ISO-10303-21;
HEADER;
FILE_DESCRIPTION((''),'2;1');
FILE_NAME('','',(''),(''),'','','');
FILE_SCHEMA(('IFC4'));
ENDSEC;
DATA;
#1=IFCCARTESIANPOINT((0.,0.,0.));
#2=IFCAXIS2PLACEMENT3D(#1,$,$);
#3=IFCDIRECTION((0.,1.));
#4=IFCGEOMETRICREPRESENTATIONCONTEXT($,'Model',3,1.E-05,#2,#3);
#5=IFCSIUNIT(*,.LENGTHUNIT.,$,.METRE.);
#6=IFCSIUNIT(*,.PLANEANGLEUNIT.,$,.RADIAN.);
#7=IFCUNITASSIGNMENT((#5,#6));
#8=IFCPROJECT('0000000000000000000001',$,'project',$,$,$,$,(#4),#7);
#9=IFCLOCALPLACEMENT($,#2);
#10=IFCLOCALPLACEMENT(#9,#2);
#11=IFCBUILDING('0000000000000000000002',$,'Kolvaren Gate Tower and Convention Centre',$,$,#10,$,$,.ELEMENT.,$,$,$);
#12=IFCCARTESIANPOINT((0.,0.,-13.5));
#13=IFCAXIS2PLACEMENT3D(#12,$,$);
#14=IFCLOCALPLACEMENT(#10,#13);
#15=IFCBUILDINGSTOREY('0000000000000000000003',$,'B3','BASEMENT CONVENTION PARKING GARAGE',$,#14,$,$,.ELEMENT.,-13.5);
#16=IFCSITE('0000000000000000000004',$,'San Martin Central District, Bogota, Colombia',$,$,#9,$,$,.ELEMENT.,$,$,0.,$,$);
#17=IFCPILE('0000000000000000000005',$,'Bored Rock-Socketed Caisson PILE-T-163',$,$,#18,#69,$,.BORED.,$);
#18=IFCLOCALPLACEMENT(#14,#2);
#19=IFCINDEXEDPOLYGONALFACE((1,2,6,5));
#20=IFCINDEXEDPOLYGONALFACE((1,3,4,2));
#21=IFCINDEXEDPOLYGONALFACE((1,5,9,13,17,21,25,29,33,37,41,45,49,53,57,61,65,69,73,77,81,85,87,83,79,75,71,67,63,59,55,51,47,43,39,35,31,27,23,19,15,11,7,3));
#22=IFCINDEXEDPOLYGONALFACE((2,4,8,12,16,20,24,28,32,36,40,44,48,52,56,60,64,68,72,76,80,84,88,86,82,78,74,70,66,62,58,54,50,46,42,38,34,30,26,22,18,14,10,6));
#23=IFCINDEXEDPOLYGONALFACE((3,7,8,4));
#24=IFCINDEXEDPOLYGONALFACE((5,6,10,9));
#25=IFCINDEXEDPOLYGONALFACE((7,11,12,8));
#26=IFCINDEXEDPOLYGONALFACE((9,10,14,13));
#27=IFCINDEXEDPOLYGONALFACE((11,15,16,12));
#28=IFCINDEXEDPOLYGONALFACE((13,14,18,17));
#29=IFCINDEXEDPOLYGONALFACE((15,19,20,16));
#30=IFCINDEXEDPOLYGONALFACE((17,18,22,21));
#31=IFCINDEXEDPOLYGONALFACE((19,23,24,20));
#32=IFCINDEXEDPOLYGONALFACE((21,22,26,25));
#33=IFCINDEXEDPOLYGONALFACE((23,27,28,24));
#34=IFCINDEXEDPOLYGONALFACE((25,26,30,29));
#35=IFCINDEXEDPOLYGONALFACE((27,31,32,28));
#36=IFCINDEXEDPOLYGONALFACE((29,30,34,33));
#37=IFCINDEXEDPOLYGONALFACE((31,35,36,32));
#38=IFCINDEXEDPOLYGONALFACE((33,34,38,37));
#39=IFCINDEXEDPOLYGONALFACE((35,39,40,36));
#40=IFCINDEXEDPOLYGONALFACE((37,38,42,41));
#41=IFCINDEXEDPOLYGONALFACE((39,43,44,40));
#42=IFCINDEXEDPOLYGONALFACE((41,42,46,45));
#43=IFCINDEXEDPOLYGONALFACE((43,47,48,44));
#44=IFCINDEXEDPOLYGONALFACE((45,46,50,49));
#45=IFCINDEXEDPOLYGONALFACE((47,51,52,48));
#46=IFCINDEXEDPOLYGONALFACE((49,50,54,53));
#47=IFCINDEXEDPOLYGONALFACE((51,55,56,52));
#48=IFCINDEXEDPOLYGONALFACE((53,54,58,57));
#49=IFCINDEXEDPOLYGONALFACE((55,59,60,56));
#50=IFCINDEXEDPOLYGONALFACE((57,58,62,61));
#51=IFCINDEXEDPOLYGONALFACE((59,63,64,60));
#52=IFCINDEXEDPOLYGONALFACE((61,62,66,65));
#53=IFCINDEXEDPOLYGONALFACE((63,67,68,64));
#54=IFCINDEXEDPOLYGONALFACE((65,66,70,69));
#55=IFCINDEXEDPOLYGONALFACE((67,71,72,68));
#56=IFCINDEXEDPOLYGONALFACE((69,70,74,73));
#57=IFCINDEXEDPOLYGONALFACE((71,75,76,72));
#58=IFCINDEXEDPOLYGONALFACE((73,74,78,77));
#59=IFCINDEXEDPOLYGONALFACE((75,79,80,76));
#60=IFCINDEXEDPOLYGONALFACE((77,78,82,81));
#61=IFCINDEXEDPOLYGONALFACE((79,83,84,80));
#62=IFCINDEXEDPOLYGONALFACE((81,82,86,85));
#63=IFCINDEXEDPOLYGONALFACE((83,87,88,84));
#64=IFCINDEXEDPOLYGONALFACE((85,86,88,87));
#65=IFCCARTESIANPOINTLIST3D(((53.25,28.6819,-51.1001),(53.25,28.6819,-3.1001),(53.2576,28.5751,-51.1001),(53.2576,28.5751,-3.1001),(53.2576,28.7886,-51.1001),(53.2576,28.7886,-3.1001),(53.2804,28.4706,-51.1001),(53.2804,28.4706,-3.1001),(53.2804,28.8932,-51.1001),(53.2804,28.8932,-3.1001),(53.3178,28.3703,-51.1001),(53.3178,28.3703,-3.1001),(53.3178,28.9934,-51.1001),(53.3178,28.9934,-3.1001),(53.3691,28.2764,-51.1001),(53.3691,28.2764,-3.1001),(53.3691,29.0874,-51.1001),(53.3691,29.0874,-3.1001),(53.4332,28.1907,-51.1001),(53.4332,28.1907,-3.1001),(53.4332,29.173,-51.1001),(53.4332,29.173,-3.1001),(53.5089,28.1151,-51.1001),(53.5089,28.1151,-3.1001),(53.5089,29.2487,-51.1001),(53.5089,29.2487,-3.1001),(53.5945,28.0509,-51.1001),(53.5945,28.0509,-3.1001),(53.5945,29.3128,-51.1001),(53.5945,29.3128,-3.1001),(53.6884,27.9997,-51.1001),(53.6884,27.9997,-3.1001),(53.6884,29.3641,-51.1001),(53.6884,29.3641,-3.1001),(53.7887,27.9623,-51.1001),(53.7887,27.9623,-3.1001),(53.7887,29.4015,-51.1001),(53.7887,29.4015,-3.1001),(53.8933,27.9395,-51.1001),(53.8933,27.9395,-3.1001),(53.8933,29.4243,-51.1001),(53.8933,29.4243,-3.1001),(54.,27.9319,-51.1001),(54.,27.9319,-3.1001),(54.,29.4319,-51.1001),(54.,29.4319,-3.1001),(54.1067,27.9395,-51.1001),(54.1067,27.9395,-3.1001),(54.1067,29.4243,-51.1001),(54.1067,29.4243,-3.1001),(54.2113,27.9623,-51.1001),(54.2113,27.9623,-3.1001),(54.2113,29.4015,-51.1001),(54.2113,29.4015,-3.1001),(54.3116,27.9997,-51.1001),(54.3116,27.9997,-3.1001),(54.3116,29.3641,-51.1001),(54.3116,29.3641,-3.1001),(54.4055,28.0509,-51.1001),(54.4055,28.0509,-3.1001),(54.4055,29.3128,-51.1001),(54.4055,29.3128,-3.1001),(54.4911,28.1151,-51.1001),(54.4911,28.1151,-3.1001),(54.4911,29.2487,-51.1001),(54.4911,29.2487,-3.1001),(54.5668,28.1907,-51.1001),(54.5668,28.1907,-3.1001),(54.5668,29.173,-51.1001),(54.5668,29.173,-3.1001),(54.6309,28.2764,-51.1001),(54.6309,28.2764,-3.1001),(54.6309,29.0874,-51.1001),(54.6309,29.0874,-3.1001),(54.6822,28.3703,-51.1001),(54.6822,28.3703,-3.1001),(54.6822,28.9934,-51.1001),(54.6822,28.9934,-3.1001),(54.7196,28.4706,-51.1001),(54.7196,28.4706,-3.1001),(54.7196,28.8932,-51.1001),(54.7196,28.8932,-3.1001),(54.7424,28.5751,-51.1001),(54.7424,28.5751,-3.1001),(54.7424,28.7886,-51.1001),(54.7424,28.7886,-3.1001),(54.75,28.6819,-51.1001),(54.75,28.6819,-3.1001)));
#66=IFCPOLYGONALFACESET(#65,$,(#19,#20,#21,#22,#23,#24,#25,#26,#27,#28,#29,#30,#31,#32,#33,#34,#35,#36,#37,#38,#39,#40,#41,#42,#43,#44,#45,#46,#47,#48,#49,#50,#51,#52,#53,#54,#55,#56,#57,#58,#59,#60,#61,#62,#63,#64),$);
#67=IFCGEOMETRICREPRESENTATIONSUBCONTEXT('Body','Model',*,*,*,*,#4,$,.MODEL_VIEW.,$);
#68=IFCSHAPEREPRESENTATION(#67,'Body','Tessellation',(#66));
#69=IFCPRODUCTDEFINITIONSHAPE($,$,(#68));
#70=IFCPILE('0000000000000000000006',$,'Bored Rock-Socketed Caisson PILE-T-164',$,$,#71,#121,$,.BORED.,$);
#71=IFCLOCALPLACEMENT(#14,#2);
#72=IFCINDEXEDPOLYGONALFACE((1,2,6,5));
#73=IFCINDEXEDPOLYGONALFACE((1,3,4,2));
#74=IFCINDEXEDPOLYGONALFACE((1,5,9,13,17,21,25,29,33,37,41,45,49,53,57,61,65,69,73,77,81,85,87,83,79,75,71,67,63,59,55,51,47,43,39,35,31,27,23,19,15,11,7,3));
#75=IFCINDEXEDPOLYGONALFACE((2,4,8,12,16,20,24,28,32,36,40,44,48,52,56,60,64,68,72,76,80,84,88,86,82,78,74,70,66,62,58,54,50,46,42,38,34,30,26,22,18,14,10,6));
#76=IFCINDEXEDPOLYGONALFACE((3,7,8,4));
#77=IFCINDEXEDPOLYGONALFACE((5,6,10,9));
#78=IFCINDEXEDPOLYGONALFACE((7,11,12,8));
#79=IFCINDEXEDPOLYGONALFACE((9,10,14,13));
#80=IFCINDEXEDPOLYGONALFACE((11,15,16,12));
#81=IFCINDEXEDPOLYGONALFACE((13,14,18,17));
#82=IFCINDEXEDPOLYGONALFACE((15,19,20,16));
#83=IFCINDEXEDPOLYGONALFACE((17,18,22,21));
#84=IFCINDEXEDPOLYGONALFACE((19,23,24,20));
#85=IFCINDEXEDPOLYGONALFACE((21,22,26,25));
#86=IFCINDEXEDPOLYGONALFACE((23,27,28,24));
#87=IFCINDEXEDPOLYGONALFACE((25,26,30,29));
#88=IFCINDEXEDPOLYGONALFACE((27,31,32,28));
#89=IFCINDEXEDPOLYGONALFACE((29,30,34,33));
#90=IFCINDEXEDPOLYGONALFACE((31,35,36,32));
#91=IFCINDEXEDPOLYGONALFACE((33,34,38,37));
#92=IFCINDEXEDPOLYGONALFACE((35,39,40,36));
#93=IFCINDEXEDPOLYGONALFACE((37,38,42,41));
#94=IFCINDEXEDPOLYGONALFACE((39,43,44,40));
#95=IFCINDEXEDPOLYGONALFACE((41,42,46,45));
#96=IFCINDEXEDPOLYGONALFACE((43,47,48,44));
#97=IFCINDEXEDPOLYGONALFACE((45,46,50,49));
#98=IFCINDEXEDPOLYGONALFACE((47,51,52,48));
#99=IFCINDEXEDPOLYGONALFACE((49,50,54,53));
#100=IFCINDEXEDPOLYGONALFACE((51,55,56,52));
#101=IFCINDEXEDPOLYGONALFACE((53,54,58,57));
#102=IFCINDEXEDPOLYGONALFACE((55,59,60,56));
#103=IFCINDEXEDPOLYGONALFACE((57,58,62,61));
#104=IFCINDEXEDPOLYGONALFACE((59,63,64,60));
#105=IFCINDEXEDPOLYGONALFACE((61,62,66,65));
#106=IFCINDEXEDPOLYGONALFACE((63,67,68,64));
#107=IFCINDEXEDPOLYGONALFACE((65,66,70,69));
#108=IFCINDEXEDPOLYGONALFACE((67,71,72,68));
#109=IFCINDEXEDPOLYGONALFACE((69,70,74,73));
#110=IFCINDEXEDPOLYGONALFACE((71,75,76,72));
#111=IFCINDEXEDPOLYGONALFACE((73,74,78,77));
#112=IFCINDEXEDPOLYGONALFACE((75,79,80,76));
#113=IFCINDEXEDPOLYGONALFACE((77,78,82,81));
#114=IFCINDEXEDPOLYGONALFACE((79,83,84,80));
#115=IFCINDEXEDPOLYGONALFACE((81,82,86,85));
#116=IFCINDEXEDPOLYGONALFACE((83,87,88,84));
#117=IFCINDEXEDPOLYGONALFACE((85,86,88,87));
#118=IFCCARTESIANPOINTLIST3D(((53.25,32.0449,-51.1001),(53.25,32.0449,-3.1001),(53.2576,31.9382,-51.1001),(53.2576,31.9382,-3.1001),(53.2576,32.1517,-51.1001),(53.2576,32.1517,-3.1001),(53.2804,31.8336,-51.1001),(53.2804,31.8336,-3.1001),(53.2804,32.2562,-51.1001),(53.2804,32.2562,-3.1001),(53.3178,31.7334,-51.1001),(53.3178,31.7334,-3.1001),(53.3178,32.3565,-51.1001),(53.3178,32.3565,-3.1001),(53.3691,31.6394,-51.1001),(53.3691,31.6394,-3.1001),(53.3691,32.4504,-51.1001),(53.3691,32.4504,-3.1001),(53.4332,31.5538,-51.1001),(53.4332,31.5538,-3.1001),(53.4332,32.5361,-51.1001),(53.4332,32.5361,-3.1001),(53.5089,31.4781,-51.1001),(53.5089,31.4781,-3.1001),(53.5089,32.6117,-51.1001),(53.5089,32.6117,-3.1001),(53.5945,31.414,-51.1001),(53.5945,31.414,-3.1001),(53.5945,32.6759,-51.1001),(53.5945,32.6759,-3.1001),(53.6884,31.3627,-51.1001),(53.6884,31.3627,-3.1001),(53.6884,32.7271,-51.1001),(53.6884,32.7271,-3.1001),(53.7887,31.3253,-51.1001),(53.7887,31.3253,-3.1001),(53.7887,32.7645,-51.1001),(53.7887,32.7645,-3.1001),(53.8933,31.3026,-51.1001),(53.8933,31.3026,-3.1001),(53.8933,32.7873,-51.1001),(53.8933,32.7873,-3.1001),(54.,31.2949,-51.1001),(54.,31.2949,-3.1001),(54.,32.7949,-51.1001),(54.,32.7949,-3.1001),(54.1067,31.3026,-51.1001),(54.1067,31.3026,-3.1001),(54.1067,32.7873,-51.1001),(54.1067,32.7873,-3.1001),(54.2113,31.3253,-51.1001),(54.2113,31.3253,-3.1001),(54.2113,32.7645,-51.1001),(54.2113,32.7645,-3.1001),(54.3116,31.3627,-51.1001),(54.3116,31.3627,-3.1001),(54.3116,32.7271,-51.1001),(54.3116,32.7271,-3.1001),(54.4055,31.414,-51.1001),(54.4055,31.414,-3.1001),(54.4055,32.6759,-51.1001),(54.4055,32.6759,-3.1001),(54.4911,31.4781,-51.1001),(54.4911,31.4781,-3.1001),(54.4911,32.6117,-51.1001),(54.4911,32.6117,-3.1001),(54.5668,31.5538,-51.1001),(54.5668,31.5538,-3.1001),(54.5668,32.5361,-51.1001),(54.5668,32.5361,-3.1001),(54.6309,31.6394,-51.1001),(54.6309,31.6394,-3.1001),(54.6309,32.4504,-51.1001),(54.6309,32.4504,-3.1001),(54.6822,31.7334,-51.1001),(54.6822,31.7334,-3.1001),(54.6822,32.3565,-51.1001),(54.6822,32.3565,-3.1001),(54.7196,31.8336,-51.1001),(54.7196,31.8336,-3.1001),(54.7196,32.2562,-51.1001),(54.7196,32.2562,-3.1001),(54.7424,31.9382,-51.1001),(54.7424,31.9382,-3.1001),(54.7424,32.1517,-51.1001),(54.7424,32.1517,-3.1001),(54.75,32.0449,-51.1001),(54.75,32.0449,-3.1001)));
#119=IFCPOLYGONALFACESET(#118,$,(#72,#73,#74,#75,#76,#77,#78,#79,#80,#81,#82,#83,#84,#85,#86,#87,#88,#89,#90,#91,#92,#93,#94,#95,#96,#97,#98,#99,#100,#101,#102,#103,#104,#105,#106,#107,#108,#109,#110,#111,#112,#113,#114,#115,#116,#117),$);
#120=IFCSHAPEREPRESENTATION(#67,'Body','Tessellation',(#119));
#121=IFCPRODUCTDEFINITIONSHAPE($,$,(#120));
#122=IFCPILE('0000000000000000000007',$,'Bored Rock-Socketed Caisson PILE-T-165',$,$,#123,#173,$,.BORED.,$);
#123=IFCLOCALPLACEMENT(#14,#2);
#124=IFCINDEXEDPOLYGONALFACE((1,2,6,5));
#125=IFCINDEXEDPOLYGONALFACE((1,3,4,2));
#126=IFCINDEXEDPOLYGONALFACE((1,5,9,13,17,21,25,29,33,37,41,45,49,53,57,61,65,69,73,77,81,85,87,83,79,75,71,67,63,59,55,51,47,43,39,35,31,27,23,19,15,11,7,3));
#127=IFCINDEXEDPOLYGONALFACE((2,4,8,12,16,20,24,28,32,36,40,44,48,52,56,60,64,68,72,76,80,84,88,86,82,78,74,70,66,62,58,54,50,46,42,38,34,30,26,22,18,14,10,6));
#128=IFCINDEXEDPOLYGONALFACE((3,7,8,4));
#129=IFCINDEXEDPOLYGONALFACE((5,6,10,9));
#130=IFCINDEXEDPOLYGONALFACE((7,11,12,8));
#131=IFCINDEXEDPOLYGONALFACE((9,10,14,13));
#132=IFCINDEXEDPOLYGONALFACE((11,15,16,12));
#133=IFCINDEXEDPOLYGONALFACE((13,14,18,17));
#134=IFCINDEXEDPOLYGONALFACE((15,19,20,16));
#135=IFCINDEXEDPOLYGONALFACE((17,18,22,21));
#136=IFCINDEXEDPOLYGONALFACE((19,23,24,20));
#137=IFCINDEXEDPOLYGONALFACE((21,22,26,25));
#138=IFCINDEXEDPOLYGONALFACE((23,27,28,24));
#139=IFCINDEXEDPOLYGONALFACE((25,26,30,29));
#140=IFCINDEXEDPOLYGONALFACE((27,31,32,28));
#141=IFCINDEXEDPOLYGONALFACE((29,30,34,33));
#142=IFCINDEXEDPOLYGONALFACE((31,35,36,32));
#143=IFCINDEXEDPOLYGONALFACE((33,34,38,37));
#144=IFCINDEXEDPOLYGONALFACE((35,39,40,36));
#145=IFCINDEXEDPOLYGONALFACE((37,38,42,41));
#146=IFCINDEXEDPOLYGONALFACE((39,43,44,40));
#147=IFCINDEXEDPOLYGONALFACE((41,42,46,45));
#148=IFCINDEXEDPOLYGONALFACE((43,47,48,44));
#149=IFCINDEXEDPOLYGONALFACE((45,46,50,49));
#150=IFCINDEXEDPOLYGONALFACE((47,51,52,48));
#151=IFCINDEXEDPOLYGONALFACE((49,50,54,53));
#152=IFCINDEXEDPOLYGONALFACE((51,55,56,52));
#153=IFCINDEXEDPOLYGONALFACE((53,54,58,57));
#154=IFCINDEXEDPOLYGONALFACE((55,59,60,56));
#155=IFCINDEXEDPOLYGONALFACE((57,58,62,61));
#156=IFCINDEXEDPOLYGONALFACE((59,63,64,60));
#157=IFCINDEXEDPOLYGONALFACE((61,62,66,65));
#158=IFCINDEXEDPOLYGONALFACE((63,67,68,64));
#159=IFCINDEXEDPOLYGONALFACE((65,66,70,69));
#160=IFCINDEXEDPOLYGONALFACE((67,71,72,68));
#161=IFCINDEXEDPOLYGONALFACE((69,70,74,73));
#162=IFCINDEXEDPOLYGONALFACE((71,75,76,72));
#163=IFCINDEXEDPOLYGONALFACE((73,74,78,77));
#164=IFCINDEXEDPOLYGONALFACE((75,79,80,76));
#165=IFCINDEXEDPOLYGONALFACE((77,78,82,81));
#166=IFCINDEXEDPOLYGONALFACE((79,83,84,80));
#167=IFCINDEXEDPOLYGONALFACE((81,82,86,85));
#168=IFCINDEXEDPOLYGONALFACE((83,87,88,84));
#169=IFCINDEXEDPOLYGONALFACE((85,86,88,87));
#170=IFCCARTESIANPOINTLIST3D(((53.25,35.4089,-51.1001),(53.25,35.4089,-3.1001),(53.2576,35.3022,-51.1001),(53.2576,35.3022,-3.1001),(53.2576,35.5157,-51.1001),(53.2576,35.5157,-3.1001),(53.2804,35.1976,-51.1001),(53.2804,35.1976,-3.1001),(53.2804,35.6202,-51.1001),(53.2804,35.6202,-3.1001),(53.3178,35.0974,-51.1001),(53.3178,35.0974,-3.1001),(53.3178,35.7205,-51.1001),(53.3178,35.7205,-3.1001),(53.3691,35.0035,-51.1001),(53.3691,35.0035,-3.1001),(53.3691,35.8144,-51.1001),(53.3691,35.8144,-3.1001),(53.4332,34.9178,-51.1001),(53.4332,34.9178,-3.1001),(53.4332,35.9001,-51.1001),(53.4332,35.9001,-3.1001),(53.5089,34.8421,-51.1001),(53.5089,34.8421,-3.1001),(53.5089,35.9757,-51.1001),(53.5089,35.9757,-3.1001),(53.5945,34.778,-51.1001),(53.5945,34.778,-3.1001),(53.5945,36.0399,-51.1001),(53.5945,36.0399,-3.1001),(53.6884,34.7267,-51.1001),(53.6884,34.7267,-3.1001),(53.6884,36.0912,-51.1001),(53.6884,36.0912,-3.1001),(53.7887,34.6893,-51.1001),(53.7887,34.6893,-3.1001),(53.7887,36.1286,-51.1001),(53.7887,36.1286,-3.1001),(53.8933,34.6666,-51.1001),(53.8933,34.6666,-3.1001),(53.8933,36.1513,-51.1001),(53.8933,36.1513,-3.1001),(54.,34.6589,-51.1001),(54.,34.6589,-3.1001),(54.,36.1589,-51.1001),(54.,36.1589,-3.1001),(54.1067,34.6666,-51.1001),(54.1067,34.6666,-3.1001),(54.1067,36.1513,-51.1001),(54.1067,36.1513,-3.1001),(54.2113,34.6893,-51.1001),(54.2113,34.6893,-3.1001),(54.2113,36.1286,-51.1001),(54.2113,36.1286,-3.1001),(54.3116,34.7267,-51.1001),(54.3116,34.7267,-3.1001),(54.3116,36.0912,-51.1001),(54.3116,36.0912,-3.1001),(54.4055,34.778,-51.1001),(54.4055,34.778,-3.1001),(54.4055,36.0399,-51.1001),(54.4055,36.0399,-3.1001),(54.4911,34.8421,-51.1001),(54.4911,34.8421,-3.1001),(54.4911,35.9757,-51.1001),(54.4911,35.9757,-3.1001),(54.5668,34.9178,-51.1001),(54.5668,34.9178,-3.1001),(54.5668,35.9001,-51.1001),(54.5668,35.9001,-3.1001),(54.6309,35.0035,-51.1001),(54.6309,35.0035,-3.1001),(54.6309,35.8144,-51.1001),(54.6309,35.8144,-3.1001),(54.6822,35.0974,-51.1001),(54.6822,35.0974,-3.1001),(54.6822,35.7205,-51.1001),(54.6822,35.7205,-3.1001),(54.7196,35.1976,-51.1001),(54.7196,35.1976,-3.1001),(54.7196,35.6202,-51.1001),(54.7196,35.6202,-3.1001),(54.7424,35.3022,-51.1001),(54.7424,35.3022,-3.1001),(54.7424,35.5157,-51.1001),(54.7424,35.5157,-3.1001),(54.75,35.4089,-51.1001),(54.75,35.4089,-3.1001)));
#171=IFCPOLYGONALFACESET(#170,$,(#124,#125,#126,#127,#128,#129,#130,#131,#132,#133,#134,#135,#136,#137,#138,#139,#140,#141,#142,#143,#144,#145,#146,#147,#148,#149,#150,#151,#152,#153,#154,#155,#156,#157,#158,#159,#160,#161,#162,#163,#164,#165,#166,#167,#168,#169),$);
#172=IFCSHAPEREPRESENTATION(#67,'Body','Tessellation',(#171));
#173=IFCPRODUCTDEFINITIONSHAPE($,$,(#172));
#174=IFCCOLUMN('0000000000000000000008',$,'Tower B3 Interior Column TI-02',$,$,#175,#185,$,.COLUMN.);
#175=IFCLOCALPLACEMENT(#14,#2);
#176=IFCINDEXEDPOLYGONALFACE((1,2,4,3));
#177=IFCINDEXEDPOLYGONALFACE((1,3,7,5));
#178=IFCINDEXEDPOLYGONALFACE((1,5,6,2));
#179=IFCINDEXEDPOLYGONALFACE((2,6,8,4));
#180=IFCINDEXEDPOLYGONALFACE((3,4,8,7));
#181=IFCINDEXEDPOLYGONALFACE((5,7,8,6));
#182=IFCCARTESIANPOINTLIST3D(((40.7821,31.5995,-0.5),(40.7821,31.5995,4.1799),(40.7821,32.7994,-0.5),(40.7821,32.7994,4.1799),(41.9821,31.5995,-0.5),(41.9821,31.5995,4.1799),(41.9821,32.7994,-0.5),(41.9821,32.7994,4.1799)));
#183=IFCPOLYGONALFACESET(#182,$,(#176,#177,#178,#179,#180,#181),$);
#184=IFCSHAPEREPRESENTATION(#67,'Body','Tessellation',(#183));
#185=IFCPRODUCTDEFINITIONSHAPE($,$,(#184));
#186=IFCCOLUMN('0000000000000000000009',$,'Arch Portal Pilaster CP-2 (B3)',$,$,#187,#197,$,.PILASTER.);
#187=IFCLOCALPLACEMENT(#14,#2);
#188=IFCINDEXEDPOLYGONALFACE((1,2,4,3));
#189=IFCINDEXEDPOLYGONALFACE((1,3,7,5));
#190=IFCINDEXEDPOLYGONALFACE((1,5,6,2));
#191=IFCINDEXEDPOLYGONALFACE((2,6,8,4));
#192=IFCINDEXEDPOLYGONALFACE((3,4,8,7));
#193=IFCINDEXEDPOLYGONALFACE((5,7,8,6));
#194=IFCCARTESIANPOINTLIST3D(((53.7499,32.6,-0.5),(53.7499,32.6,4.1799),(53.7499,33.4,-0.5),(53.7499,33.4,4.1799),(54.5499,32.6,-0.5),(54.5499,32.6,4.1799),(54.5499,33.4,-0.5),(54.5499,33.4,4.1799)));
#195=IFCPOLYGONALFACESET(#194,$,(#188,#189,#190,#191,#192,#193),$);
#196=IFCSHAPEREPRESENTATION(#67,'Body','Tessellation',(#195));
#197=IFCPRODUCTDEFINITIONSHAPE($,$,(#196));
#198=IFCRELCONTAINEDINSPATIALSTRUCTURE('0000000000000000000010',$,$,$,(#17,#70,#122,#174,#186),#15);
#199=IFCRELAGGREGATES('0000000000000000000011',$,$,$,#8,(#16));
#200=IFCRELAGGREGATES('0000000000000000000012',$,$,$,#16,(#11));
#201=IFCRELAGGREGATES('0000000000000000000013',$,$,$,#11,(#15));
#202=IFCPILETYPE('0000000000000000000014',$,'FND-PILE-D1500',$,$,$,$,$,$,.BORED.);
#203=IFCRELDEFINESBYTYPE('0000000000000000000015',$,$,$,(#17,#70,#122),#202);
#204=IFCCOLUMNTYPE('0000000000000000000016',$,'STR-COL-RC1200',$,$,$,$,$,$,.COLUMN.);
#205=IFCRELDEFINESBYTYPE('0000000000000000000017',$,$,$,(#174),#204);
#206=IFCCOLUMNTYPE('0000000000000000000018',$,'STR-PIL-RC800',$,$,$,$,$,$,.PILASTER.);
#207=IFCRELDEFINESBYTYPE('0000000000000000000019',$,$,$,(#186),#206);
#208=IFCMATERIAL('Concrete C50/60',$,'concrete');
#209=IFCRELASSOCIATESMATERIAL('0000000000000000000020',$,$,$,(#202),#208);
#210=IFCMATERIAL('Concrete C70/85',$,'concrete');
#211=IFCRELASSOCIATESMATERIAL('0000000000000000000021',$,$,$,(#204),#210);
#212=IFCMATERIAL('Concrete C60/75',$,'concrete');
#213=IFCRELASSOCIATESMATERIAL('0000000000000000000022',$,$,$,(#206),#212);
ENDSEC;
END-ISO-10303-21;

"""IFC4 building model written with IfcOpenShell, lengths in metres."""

from ifc_helpers import new_model, si_unit, direction, frame, origin, origin_2d, place, context, subcontext, project, spatial, rectangle, circle, extrude, material, material_profile, profile_set, type_object, element, save


model = new_model("IFC4")

# Units and contexts
model_context = context("Model", 3, precision=1e-05, world=origin(), true_north=direction((0.0, 1.0)))
body_context = subcontext(model_context, "Body", "Model", "MODEL_VIEW")
ifc_project = project(units=[si_unit("LENGTHUNIT", "METRE"), si_unit("PLANEANGLEUNIT", "RADIAN")], contexts=[model_context])

# Site, building, storey
site_placement = place(None, origin())
site = spatial("IfcSite", under=ifc_project, at=site_placement, Name="San Martin Central District, Bogota, Colombia", CompositionType="ELEMENT", RefElevation=0.0)
building_placement = place(site_placement, origin())
building = spatial("IfcBuilding", under=site, at=building_placement, Name="Kolvaren Gate Tower and Convention Centre", CompositionType="ELEMENT")
storey_placement = place(building_placement, frame((0.0, 0.0, -13.5)))
storey = spatial("IfcBuildingStorey", under=building, at=storey_placement, Name="B3", Description="BASEMENT CONVENTION PARKING GARAGE", CompositionType="ELEMENT", Elevation=-13.5)

# Shared definitions
ifc_material_1 = material(Name="Concrete C50/60", Category="concrete")

# Piles
ifc_material_profile_1 = material_profile(ifc_material_1, circle(Radius=0.75, at=origin_2d()), Name="CAISSON-D1500")
ifc_profile_set_1 = profile_set([ifc_material_profile_1], Name="Concrete C50/60")
pile_type = type_object("IfcPileType", Name="FND-PILE-D1500", PredefinedType="BORED", material=ifc_profile_set_1)
for number, where, z_axis, x_axis, name in (
    (1, (54.0, 28.6819, -3.1001), (0.0, 0.0, -1.0), (1.0, 0.0, 0.0), "Bored Rock-Socketed Caisson PILE-T-163"),
    (2, (54.0, 32.0449, -3.1001), (0.0, 0.0, -1.0), (1.0, 0.0, 0.0), "Bored Rock-Socketed Caisson PILE-T-164"),
    (3, (54.0, 35.4089, -3.1001), (0.0, 0.0, -1.0), (1.0, 0.0, 0.0), "Bored Rock-Socketed Caisson PILE-T-165"),
):
    element("IfcPile", number, at=place(storey_placement, frame(where, z_axis=z_axis, x_axis=x_axis)), inside=storey, type_object=pile_type, Name=name, PredefinedType="BORED", context=body_context, shape_type="SweptSolid", body=[
        extrude(circle(Radius=0.75, at=origin_2d()), origin(), (0.0, 0.0, 1.0), 48.0),
    ])

# Columns
ifc_material_2 = material(Name="Concrete C70/85", Category="concrete")
ifc_material_profile_2 = material_profile(ifc_material_2, rectangle(XDim=1.2, YDim=1.2, at=origin_2d()), Name="RC-COL-1200X1200")
ifc_profile_set_2 = profile_set([ifc_material_profile_2], Name="Concrete C70/85")
column_type_1 = type_object("IfcColumnType", Name="STR-COL-RC1200", PredefinedType="COLUMN", material=ifc_profile_set_2)
column_1_placement = place(storey_placement, frame((41.3821, 32.1995, -0.5), z_axis=(0.0, 0.0, 1.0), x_axis=(1.0, 0.0, 0.0)))
element("IfcColumn", 4, at=column_1_placement, inside=storey, type_object=column_type_1, Name="Tower B3 Interior Column TI-02", PredefinedType="COLUMN", context=body_context, shape_type="SweptSolid", body=[
    extrude(rectangle(XDim=1.2, YDim=1.2, at=origin_2d()), origin(), (0.0, 0.0, 1.0), 4.6799),
])
ifc_material_3 = material(Name="Concrete C60/75", Category="concrete")
ifc_material_profile_3 = material_profile(ifc_material_3, rectangle(XDim=0.8, YDim=0.8, at=origin_2d()), Name="RC-COL-800X800")
ifc_profile_set_3 = profile_set([ifc_material_profile_3], Name="Concrete C60/75")
column_type_2 = type_object("IfcColumnType", Name="STR-PIL-RC800", PredefinedType="PILASTER", material=ifc_profile_set_3)
column_2_placement = place(storey_placement, frame((54.1499, 33.0, -0.5), z_axis=(0.0, 0.0, 1.0), x_axis=(1.0, 0.0, 0.0)))
element("IfcColumn", 5, at=column_2_placement, inside=storey, type_object=column_type_2, Name="Arch Portal Pilaster CP-2 (B3)", PredefinedType="PILASTER", context=body_context, shape_type="SweptSolid", body=[
    extrude(rectangle(XDim=0.8, YDim=0.8, at=origin_2d()), origin(), (0.0, 0.0, 1.0), 4.6799),
])

save(model, "model.ifc")
